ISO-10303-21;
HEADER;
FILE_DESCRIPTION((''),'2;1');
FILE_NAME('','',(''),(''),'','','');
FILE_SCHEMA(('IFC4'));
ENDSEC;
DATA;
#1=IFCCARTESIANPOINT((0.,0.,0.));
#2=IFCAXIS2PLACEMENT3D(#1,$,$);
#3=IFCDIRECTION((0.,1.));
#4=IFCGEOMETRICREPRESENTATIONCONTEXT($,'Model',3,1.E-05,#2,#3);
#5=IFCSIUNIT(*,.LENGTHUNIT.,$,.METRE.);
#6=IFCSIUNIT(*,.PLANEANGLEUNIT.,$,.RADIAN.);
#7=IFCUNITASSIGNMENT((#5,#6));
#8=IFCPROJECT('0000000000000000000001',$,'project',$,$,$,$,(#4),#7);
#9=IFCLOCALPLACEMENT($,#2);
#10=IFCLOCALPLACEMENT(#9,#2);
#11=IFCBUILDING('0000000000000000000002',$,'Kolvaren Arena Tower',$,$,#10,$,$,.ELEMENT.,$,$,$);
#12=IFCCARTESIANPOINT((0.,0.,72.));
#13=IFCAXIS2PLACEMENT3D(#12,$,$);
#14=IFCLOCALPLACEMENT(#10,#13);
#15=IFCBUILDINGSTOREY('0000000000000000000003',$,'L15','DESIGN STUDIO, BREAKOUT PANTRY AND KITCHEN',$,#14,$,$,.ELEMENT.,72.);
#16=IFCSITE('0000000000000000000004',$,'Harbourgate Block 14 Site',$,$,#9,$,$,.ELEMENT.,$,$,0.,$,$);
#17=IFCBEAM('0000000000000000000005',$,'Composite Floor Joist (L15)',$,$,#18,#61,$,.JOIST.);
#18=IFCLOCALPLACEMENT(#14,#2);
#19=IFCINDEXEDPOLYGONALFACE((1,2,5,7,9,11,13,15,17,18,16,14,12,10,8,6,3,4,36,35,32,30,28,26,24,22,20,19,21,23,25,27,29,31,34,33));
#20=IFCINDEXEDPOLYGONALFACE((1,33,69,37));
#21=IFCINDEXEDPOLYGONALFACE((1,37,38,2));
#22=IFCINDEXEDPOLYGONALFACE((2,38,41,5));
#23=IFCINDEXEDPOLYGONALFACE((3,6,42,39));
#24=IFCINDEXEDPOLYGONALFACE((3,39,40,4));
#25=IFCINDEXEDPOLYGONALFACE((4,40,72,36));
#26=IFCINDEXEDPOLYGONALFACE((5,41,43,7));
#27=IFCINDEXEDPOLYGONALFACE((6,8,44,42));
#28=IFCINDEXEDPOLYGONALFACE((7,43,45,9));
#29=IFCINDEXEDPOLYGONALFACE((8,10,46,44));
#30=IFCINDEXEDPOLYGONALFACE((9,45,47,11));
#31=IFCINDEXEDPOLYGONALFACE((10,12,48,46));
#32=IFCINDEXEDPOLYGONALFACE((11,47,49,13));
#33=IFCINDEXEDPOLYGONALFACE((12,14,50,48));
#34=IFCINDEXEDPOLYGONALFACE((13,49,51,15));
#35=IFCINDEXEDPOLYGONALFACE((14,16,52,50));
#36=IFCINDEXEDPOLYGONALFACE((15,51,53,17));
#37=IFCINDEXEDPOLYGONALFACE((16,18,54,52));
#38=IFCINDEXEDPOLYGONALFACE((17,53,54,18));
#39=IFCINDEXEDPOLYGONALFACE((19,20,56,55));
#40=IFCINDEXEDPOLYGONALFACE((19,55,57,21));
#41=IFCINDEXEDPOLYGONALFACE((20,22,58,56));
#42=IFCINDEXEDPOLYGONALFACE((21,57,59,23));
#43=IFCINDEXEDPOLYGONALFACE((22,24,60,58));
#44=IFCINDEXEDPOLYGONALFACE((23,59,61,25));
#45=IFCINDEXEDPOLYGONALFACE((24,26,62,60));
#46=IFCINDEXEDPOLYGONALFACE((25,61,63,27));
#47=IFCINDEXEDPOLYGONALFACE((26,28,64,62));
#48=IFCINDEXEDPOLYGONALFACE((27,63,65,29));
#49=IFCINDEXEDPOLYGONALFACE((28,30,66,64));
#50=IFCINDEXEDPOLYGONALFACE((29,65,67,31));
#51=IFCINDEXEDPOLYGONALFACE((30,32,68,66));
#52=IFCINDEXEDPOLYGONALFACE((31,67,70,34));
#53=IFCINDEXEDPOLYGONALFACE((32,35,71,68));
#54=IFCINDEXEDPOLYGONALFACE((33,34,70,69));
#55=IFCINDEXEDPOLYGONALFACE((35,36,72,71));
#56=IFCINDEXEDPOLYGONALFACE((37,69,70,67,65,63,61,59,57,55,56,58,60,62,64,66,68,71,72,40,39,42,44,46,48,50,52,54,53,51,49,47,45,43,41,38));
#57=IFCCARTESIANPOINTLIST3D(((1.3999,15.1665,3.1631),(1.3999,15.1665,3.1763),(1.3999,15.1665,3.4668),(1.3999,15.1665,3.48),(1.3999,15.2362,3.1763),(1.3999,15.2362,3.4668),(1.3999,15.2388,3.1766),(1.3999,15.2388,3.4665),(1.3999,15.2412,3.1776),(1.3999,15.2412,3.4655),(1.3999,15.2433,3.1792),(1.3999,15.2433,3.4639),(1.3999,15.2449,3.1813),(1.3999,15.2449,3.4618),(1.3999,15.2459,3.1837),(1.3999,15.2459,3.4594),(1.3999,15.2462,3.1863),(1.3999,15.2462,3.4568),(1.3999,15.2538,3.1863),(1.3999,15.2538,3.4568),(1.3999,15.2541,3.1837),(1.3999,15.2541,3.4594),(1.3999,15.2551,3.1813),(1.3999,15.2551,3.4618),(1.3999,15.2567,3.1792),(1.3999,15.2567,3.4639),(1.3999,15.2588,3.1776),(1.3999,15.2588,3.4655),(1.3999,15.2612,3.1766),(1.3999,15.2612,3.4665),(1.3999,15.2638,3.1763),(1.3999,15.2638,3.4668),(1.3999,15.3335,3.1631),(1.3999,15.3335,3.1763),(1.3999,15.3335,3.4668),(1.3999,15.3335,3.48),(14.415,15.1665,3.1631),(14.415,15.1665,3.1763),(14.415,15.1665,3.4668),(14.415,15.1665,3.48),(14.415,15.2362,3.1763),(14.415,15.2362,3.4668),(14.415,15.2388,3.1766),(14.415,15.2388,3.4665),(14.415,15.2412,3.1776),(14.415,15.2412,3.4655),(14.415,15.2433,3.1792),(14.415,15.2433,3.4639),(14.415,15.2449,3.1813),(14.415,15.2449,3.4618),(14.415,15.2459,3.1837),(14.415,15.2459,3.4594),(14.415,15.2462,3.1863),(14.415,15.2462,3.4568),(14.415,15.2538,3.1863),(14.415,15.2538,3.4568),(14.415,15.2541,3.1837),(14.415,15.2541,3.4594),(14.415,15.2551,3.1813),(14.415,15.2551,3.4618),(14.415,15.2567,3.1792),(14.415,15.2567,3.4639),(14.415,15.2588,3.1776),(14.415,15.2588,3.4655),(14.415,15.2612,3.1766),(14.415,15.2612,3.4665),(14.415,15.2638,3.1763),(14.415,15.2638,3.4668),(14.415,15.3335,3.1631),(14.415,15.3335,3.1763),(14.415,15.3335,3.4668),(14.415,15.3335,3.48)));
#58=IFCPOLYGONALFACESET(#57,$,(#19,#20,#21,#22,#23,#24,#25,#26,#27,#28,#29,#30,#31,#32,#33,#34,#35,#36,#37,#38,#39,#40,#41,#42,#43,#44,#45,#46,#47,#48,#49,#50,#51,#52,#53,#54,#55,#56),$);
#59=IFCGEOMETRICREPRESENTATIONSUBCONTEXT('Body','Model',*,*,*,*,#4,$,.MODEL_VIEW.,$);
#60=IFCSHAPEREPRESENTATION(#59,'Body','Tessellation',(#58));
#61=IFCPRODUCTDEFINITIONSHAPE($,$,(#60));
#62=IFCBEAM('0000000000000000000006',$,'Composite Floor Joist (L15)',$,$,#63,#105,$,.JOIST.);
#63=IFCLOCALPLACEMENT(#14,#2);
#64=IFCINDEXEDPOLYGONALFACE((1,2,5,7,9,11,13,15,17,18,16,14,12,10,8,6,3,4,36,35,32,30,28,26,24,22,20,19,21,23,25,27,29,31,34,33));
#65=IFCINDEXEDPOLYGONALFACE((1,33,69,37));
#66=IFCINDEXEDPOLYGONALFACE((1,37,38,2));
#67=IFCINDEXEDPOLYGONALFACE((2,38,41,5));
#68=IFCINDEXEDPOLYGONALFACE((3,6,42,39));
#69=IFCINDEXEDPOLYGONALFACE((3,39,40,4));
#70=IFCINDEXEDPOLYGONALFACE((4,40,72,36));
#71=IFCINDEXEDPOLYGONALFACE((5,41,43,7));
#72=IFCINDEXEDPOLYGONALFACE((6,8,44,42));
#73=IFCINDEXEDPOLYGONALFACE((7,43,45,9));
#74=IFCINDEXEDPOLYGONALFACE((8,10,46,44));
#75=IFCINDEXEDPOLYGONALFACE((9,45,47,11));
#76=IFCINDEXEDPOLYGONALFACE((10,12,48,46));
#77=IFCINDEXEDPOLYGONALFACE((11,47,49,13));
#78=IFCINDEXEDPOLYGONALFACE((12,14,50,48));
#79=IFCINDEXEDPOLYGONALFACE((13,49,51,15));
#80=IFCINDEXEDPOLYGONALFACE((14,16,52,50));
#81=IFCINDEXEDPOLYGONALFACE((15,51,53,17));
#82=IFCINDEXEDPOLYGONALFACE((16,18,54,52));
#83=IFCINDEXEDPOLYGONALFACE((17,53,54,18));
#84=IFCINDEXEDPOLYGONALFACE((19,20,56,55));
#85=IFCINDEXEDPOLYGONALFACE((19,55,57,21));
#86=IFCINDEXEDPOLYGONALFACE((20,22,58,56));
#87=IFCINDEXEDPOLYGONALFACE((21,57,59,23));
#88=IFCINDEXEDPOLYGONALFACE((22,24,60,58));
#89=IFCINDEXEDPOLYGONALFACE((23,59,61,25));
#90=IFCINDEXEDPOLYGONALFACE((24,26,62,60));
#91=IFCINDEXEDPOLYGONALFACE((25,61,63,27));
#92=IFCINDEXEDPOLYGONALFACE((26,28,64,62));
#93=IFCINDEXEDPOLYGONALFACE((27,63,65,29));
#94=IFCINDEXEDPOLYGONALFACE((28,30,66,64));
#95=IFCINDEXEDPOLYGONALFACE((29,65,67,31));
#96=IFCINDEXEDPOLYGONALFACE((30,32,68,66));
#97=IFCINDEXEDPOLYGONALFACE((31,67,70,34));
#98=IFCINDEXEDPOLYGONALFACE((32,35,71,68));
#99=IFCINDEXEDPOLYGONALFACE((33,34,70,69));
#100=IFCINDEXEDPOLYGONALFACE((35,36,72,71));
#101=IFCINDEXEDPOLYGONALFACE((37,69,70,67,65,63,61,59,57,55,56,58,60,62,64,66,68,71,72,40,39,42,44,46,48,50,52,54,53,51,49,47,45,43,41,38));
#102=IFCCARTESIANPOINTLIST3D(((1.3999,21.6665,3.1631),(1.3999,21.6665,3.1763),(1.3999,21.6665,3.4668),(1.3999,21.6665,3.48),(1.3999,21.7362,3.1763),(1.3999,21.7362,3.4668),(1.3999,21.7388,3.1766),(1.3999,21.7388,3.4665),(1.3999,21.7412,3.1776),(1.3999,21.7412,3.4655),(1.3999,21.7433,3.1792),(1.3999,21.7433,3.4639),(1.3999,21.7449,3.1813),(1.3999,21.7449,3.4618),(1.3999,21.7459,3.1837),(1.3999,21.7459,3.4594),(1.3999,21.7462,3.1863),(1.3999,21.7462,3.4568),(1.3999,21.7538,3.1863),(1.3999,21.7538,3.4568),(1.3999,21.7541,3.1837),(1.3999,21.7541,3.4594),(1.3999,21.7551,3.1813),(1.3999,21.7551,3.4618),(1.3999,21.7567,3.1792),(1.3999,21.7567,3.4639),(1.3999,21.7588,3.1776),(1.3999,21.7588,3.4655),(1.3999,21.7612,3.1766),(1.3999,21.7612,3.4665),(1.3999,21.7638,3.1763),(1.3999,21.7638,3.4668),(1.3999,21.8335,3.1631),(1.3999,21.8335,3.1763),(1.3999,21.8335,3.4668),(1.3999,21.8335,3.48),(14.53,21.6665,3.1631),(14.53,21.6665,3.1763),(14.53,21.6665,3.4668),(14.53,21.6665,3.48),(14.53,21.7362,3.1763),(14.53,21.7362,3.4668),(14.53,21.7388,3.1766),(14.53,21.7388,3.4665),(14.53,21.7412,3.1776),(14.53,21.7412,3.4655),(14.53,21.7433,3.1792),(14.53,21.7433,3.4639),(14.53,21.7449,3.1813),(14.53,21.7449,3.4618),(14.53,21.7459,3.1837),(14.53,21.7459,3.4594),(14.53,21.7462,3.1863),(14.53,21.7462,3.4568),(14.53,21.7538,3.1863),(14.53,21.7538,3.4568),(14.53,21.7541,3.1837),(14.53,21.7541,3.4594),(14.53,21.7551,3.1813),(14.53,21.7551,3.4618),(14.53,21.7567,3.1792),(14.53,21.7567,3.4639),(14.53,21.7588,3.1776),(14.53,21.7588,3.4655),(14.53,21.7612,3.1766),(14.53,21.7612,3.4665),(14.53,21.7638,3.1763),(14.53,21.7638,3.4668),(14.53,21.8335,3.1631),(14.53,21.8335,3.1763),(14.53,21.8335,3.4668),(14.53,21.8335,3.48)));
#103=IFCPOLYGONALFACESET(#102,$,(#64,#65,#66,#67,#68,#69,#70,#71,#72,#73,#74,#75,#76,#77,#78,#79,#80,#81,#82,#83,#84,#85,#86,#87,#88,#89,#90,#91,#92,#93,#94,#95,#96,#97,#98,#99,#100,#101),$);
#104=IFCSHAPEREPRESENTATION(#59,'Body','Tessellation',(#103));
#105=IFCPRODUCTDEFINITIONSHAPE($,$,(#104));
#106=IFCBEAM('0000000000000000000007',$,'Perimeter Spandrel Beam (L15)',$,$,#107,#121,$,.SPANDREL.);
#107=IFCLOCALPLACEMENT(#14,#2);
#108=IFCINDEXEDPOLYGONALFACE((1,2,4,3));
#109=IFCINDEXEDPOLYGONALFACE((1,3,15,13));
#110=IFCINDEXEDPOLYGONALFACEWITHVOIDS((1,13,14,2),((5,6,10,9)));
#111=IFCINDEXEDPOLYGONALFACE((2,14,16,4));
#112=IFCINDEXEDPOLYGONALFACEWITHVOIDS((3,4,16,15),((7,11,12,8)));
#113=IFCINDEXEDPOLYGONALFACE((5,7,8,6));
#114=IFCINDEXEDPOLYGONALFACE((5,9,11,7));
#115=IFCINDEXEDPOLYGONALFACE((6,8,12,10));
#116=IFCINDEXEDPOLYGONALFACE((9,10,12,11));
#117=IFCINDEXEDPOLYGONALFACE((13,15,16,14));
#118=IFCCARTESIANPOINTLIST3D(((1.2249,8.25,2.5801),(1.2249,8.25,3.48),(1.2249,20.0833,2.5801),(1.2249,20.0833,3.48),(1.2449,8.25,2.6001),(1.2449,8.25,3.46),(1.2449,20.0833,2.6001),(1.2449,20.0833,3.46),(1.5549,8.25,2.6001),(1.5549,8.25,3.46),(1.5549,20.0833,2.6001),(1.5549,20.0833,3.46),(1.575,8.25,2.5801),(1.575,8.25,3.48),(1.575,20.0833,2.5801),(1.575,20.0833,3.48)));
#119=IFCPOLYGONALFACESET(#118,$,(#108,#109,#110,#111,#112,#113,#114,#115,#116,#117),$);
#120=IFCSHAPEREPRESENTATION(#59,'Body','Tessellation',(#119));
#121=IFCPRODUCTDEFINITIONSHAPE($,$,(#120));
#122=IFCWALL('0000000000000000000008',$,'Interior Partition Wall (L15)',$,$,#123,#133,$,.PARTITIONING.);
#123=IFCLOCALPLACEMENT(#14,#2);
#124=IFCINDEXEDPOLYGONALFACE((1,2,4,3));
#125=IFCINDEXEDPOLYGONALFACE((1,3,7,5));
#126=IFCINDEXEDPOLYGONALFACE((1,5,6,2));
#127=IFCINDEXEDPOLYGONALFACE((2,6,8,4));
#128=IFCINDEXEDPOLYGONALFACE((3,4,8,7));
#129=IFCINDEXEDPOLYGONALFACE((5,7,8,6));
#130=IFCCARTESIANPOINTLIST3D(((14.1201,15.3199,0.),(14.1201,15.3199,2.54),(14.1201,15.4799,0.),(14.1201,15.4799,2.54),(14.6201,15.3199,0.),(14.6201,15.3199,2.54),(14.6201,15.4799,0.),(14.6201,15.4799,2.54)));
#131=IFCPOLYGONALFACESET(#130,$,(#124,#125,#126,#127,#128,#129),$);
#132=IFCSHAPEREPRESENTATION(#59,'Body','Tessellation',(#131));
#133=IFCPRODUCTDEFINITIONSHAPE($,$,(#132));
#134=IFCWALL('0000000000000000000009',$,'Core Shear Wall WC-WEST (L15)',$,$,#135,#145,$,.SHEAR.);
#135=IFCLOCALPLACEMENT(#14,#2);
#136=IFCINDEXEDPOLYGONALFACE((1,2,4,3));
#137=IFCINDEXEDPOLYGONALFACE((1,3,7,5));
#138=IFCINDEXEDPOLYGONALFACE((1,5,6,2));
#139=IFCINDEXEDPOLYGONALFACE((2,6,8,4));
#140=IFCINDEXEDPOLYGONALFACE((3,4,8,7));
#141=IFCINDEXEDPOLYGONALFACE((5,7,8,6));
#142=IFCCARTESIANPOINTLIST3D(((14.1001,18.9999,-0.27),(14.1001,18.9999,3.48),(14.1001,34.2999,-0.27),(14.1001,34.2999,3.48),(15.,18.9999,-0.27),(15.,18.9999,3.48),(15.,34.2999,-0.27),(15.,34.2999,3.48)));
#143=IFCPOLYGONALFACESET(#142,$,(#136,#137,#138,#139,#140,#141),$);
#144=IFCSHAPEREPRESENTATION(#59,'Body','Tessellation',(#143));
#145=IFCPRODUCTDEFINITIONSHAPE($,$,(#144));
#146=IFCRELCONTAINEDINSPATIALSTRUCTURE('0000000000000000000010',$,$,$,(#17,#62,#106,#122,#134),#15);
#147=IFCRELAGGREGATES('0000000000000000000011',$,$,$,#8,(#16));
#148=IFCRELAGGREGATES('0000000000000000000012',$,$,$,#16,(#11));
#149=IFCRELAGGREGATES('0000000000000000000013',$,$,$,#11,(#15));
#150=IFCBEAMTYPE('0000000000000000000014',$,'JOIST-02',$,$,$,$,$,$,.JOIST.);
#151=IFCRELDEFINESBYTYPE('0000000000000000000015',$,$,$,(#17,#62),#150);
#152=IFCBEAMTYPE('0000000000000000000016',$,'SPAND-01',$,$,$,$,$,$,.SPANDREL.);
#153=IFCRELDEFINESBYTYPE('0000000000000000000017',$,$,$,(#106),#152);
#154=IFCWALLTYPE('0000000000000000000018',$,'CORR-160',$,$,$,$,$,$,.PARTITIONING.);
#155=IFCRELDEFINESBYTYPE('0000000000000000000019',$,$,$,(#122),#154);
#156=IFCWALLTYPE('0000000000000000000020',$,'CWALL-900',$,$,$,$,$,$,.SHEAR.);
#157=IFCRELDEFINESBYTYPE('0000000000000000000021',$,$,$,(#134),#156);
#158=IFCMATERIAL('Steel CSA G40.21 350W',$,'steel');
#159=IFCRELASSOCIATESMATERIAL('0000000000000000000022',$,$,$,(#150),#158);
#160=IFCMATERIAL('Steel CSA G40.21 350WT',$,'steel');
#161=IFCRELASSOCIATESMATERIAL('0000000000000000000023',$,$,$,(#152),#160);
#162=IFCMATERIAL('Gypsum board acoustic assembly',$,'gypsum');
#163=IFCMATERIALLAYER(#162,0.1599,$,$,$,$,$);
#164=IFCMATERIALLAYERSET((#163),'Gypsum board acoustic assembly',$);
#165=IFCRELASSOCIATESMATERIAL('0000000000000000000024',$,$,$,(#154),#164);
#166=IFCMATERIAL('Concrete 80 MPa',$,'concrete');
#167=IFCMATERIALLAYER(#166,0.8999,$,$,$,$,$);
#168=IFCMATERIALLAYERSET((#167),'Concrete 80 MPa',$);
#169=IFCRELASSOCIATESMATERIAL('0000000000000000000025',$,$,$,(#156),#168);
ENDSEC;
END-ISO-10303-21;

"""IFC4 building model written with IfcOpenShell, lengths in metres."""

from ifc_helpers import new_model, si_unit, direction, frame, frame_2d, origin, origin_2d, place, context, subcontext, project, spatial, rectangle, hollow_rectangle, i_section, extrude, material, layer, layer_set, material_profile, profile_set, type_object, element, save


model = new_model("IFC4")

# Units and contexts
model_context = context("Model", 3, precision=1e-05, world=origin(), true_north=direction((0.0, 1.0)))
body_context = subcontext(model_context, "Body", "Model", "MODEL_VIEW")
ifc_project = project(units=[si_unit("LENGTHUNIT", "METRE"), si_unit("PLANEANGLEUNIT", "RADIAN")], contexts=[model_context])

# Site, building, storey
site_placement = place(None, origin())
site = spatial("IfcSite", under=ifc_project, at=site_placement, Name="Harbourgate Block 14 Site", CompositionType="ELEMENT", RefElevation=0.0)
building_placement = place(site_placement, origin())
building = spatial("IfcBuilding", under=site, at=building_placement, Name="Kolvaren Arena Tower", CompositionType="ELEMENT")
storey_placement = place(building_placement, frame((0.0, 0.0, 72.0)))
storey = spatial("IfcBuildingStorey", under=building, at=storey_placement, Name="L15", Description="DESIGN STUDIO, BREAKOUT PANTRY AND KITCHEN", CompositionType="ELEMENT", Elevation=72.0)

# Beams
ifc_material_1 = material(Name="Steel CSA G40.21 350W", Category="steel")
ifc_material_profile_1 = material_profile(ifc_material_1, i_section(OverallWidth=0.167, OverallDepth=0.3169, WebThickness=0.0076, FlangeThickness=0.0132, FilletRadius=0.01, at=origin_2d()), Name="W310x52")
ifc_profile_set_1 = profile_set([ifc_material_profile_1], Name="Steel CSA G40.21 350W")
beam_type_1 = type_object("IfcBeamType", Name="JOIST-02", PredefinedType="JOIST", material=ifc_profile_set_1)
beam_1_placement = place(storey_placement, frame((1.3999, 15.25, 3.3215), z_axis=(1.0, 0.0, 0.0), x_axis=(0.0, 1.0, 0.0)))
element("IfcBeam", 1, at=beam_1_placement, inside=storey, type_object=beam_type_1, Name="Composite Floor Joist (L15)", PredefinedType="JOIST", context=body_context, shape_type="SweptSolid", body=[
    extrude(i_section(OverallWidth=0.167, OverallDepth=0.3169, WebThickness=0.0076, FlangeThickness=0.0132, FilletRadius=0.01, at=origin_2d()), origin(), (0.0, 0.0, 1.0), 13.0151),
])
beam_2_placement = place(storey_placement, frame((1.3999, 21.75, 3.3215), z_axis=(1.0, 0.0, 0.0), x_axis=(0.0, 1.0, 0.0)))
element("IfcBeam", 2, at=beam_2_placement, inside=storey, type_object=beam_type_1, Name="Composite Floor Joist (L15)", PredefinedType="JOIST", context=body_context, shape_type="SweptSolid", body=[
    extrude(i_section(OverallWidth=0.167, OverallDepth=0.3169, WebThickness=0.0076, FlangeThickness=0.0132, FilletRadius=0.01, at=origin_2d()), origin(), (0.0, 0.0, 1.0), 13.1301),
])
ifc_material_2 = material(Name="Steel CSA G40.21 350WT", Category="steel")
ifc_material_profile_2 = material_profile(ifc_material_2, hollow_rectangle(XDim=0.3501, YDim=0.8999, WallThickness=0.02, at=origin_2d()), Name="HSS 900x350x20")
ifc_profile_set_2 = profile_set([ifc_material_profile_2], Name="Steel CSA G40.21 350WT")
beam_type_2 = type_object("IfcBeamType", Name="SPAND-01", PredefinedType="SPANDREL", material=ifc_profile_set_2)
beam_3_placement = place(storey_placement, frame((1.3999, 20.0833, 3.03), z_axis=(0.0, -1.0, 0.0), x_axis=(1.0, 0.0, 0.0)))
element("IfcBeam", 3, at=beam_3_placement, inside=storey, type_object=beam_type_2, Name="Perimeter Spandrel Beam (L15)", PredefinedType="SPANDREL", context=body_context, shape_type="SweptSolid", body=[
    extrude(hollow_rectangle(XDim=0.3501, YDim=0.8999, WallThickness=0.02, at=origin_2d()), origin(), (0.0, 0.0, 1.0), 11.8333),
])

# Walls
ifc_material_3 = material(Name="Gypsum board acoustic assembly", Category="gypsum")
ifc_layer_1 = layer(ifc_material_3, 0.1599)
ifc_layer_set_1 = layer_set([ifc_layer_1], Name="Gypsum board acoustic assembly")
wall_type_1 = type_object("IfcWallType", Name="CORR-160", PredefinedType="PARTITIONING", material=ifc_layer_set_1)
wall_1_placement = place(storey_placement, frame((14.1201, 15.3999, 0.0), z_axis=(0.0, 0.0, 1.0), x_axis=(1.0, 0.0, 0.0)))
element("IfcWall", 4, at=wall_1_placement, inside=storey, type_object=wall_type_1, Name="Interior Partition Wall (L15)", PredefinedType="PARTITIONING", context=body_context, shape_type="SweptSolid", body=[
    extrude(rectangle(XDim=0.5, YDim=0.1599, at=frame_2d((0.25, 0.0))), origin(), (0.0, 0.0, 1.0), 2.54),
])
ifc_material_4 = material(Name="Concrete 80 MPa", Category="concrete")
ifc_layer_2 = layer(ifc_material_4, 0.8999)
ifc_layer_set_2 = layer_set([ifc_layer_2], Name="Concrete 80 MPa")
wall_type_2 = type_object("IfcWallType", Name="CWALL-900", PredefinedType="SHEAR", material=ifc_layer_set_2)
wall_2_placement = place(storey_placement, frame((14.55, 19.0, -0.27), z_axis=(0.0, 0.0, 1.0), x_axis=(0.0, 1.0, 0.0)))
element("IfcWall", 5, at=wall_2_placement, inside=storey, type_object=wall_type_2, Name="Core Shear Wall WC-WEST (L15)", PredefinedType="SHEAR", context=body_context, shape_type="SweptSolid", body=[
    extrude(rectangle(XDim=15.3, YDim=0.8999, at=frame_2d((7.6499, 0.0))), origin(), (0.0, 0.0, 1.0), 3.75),
])

save(model, "model.ifc")
